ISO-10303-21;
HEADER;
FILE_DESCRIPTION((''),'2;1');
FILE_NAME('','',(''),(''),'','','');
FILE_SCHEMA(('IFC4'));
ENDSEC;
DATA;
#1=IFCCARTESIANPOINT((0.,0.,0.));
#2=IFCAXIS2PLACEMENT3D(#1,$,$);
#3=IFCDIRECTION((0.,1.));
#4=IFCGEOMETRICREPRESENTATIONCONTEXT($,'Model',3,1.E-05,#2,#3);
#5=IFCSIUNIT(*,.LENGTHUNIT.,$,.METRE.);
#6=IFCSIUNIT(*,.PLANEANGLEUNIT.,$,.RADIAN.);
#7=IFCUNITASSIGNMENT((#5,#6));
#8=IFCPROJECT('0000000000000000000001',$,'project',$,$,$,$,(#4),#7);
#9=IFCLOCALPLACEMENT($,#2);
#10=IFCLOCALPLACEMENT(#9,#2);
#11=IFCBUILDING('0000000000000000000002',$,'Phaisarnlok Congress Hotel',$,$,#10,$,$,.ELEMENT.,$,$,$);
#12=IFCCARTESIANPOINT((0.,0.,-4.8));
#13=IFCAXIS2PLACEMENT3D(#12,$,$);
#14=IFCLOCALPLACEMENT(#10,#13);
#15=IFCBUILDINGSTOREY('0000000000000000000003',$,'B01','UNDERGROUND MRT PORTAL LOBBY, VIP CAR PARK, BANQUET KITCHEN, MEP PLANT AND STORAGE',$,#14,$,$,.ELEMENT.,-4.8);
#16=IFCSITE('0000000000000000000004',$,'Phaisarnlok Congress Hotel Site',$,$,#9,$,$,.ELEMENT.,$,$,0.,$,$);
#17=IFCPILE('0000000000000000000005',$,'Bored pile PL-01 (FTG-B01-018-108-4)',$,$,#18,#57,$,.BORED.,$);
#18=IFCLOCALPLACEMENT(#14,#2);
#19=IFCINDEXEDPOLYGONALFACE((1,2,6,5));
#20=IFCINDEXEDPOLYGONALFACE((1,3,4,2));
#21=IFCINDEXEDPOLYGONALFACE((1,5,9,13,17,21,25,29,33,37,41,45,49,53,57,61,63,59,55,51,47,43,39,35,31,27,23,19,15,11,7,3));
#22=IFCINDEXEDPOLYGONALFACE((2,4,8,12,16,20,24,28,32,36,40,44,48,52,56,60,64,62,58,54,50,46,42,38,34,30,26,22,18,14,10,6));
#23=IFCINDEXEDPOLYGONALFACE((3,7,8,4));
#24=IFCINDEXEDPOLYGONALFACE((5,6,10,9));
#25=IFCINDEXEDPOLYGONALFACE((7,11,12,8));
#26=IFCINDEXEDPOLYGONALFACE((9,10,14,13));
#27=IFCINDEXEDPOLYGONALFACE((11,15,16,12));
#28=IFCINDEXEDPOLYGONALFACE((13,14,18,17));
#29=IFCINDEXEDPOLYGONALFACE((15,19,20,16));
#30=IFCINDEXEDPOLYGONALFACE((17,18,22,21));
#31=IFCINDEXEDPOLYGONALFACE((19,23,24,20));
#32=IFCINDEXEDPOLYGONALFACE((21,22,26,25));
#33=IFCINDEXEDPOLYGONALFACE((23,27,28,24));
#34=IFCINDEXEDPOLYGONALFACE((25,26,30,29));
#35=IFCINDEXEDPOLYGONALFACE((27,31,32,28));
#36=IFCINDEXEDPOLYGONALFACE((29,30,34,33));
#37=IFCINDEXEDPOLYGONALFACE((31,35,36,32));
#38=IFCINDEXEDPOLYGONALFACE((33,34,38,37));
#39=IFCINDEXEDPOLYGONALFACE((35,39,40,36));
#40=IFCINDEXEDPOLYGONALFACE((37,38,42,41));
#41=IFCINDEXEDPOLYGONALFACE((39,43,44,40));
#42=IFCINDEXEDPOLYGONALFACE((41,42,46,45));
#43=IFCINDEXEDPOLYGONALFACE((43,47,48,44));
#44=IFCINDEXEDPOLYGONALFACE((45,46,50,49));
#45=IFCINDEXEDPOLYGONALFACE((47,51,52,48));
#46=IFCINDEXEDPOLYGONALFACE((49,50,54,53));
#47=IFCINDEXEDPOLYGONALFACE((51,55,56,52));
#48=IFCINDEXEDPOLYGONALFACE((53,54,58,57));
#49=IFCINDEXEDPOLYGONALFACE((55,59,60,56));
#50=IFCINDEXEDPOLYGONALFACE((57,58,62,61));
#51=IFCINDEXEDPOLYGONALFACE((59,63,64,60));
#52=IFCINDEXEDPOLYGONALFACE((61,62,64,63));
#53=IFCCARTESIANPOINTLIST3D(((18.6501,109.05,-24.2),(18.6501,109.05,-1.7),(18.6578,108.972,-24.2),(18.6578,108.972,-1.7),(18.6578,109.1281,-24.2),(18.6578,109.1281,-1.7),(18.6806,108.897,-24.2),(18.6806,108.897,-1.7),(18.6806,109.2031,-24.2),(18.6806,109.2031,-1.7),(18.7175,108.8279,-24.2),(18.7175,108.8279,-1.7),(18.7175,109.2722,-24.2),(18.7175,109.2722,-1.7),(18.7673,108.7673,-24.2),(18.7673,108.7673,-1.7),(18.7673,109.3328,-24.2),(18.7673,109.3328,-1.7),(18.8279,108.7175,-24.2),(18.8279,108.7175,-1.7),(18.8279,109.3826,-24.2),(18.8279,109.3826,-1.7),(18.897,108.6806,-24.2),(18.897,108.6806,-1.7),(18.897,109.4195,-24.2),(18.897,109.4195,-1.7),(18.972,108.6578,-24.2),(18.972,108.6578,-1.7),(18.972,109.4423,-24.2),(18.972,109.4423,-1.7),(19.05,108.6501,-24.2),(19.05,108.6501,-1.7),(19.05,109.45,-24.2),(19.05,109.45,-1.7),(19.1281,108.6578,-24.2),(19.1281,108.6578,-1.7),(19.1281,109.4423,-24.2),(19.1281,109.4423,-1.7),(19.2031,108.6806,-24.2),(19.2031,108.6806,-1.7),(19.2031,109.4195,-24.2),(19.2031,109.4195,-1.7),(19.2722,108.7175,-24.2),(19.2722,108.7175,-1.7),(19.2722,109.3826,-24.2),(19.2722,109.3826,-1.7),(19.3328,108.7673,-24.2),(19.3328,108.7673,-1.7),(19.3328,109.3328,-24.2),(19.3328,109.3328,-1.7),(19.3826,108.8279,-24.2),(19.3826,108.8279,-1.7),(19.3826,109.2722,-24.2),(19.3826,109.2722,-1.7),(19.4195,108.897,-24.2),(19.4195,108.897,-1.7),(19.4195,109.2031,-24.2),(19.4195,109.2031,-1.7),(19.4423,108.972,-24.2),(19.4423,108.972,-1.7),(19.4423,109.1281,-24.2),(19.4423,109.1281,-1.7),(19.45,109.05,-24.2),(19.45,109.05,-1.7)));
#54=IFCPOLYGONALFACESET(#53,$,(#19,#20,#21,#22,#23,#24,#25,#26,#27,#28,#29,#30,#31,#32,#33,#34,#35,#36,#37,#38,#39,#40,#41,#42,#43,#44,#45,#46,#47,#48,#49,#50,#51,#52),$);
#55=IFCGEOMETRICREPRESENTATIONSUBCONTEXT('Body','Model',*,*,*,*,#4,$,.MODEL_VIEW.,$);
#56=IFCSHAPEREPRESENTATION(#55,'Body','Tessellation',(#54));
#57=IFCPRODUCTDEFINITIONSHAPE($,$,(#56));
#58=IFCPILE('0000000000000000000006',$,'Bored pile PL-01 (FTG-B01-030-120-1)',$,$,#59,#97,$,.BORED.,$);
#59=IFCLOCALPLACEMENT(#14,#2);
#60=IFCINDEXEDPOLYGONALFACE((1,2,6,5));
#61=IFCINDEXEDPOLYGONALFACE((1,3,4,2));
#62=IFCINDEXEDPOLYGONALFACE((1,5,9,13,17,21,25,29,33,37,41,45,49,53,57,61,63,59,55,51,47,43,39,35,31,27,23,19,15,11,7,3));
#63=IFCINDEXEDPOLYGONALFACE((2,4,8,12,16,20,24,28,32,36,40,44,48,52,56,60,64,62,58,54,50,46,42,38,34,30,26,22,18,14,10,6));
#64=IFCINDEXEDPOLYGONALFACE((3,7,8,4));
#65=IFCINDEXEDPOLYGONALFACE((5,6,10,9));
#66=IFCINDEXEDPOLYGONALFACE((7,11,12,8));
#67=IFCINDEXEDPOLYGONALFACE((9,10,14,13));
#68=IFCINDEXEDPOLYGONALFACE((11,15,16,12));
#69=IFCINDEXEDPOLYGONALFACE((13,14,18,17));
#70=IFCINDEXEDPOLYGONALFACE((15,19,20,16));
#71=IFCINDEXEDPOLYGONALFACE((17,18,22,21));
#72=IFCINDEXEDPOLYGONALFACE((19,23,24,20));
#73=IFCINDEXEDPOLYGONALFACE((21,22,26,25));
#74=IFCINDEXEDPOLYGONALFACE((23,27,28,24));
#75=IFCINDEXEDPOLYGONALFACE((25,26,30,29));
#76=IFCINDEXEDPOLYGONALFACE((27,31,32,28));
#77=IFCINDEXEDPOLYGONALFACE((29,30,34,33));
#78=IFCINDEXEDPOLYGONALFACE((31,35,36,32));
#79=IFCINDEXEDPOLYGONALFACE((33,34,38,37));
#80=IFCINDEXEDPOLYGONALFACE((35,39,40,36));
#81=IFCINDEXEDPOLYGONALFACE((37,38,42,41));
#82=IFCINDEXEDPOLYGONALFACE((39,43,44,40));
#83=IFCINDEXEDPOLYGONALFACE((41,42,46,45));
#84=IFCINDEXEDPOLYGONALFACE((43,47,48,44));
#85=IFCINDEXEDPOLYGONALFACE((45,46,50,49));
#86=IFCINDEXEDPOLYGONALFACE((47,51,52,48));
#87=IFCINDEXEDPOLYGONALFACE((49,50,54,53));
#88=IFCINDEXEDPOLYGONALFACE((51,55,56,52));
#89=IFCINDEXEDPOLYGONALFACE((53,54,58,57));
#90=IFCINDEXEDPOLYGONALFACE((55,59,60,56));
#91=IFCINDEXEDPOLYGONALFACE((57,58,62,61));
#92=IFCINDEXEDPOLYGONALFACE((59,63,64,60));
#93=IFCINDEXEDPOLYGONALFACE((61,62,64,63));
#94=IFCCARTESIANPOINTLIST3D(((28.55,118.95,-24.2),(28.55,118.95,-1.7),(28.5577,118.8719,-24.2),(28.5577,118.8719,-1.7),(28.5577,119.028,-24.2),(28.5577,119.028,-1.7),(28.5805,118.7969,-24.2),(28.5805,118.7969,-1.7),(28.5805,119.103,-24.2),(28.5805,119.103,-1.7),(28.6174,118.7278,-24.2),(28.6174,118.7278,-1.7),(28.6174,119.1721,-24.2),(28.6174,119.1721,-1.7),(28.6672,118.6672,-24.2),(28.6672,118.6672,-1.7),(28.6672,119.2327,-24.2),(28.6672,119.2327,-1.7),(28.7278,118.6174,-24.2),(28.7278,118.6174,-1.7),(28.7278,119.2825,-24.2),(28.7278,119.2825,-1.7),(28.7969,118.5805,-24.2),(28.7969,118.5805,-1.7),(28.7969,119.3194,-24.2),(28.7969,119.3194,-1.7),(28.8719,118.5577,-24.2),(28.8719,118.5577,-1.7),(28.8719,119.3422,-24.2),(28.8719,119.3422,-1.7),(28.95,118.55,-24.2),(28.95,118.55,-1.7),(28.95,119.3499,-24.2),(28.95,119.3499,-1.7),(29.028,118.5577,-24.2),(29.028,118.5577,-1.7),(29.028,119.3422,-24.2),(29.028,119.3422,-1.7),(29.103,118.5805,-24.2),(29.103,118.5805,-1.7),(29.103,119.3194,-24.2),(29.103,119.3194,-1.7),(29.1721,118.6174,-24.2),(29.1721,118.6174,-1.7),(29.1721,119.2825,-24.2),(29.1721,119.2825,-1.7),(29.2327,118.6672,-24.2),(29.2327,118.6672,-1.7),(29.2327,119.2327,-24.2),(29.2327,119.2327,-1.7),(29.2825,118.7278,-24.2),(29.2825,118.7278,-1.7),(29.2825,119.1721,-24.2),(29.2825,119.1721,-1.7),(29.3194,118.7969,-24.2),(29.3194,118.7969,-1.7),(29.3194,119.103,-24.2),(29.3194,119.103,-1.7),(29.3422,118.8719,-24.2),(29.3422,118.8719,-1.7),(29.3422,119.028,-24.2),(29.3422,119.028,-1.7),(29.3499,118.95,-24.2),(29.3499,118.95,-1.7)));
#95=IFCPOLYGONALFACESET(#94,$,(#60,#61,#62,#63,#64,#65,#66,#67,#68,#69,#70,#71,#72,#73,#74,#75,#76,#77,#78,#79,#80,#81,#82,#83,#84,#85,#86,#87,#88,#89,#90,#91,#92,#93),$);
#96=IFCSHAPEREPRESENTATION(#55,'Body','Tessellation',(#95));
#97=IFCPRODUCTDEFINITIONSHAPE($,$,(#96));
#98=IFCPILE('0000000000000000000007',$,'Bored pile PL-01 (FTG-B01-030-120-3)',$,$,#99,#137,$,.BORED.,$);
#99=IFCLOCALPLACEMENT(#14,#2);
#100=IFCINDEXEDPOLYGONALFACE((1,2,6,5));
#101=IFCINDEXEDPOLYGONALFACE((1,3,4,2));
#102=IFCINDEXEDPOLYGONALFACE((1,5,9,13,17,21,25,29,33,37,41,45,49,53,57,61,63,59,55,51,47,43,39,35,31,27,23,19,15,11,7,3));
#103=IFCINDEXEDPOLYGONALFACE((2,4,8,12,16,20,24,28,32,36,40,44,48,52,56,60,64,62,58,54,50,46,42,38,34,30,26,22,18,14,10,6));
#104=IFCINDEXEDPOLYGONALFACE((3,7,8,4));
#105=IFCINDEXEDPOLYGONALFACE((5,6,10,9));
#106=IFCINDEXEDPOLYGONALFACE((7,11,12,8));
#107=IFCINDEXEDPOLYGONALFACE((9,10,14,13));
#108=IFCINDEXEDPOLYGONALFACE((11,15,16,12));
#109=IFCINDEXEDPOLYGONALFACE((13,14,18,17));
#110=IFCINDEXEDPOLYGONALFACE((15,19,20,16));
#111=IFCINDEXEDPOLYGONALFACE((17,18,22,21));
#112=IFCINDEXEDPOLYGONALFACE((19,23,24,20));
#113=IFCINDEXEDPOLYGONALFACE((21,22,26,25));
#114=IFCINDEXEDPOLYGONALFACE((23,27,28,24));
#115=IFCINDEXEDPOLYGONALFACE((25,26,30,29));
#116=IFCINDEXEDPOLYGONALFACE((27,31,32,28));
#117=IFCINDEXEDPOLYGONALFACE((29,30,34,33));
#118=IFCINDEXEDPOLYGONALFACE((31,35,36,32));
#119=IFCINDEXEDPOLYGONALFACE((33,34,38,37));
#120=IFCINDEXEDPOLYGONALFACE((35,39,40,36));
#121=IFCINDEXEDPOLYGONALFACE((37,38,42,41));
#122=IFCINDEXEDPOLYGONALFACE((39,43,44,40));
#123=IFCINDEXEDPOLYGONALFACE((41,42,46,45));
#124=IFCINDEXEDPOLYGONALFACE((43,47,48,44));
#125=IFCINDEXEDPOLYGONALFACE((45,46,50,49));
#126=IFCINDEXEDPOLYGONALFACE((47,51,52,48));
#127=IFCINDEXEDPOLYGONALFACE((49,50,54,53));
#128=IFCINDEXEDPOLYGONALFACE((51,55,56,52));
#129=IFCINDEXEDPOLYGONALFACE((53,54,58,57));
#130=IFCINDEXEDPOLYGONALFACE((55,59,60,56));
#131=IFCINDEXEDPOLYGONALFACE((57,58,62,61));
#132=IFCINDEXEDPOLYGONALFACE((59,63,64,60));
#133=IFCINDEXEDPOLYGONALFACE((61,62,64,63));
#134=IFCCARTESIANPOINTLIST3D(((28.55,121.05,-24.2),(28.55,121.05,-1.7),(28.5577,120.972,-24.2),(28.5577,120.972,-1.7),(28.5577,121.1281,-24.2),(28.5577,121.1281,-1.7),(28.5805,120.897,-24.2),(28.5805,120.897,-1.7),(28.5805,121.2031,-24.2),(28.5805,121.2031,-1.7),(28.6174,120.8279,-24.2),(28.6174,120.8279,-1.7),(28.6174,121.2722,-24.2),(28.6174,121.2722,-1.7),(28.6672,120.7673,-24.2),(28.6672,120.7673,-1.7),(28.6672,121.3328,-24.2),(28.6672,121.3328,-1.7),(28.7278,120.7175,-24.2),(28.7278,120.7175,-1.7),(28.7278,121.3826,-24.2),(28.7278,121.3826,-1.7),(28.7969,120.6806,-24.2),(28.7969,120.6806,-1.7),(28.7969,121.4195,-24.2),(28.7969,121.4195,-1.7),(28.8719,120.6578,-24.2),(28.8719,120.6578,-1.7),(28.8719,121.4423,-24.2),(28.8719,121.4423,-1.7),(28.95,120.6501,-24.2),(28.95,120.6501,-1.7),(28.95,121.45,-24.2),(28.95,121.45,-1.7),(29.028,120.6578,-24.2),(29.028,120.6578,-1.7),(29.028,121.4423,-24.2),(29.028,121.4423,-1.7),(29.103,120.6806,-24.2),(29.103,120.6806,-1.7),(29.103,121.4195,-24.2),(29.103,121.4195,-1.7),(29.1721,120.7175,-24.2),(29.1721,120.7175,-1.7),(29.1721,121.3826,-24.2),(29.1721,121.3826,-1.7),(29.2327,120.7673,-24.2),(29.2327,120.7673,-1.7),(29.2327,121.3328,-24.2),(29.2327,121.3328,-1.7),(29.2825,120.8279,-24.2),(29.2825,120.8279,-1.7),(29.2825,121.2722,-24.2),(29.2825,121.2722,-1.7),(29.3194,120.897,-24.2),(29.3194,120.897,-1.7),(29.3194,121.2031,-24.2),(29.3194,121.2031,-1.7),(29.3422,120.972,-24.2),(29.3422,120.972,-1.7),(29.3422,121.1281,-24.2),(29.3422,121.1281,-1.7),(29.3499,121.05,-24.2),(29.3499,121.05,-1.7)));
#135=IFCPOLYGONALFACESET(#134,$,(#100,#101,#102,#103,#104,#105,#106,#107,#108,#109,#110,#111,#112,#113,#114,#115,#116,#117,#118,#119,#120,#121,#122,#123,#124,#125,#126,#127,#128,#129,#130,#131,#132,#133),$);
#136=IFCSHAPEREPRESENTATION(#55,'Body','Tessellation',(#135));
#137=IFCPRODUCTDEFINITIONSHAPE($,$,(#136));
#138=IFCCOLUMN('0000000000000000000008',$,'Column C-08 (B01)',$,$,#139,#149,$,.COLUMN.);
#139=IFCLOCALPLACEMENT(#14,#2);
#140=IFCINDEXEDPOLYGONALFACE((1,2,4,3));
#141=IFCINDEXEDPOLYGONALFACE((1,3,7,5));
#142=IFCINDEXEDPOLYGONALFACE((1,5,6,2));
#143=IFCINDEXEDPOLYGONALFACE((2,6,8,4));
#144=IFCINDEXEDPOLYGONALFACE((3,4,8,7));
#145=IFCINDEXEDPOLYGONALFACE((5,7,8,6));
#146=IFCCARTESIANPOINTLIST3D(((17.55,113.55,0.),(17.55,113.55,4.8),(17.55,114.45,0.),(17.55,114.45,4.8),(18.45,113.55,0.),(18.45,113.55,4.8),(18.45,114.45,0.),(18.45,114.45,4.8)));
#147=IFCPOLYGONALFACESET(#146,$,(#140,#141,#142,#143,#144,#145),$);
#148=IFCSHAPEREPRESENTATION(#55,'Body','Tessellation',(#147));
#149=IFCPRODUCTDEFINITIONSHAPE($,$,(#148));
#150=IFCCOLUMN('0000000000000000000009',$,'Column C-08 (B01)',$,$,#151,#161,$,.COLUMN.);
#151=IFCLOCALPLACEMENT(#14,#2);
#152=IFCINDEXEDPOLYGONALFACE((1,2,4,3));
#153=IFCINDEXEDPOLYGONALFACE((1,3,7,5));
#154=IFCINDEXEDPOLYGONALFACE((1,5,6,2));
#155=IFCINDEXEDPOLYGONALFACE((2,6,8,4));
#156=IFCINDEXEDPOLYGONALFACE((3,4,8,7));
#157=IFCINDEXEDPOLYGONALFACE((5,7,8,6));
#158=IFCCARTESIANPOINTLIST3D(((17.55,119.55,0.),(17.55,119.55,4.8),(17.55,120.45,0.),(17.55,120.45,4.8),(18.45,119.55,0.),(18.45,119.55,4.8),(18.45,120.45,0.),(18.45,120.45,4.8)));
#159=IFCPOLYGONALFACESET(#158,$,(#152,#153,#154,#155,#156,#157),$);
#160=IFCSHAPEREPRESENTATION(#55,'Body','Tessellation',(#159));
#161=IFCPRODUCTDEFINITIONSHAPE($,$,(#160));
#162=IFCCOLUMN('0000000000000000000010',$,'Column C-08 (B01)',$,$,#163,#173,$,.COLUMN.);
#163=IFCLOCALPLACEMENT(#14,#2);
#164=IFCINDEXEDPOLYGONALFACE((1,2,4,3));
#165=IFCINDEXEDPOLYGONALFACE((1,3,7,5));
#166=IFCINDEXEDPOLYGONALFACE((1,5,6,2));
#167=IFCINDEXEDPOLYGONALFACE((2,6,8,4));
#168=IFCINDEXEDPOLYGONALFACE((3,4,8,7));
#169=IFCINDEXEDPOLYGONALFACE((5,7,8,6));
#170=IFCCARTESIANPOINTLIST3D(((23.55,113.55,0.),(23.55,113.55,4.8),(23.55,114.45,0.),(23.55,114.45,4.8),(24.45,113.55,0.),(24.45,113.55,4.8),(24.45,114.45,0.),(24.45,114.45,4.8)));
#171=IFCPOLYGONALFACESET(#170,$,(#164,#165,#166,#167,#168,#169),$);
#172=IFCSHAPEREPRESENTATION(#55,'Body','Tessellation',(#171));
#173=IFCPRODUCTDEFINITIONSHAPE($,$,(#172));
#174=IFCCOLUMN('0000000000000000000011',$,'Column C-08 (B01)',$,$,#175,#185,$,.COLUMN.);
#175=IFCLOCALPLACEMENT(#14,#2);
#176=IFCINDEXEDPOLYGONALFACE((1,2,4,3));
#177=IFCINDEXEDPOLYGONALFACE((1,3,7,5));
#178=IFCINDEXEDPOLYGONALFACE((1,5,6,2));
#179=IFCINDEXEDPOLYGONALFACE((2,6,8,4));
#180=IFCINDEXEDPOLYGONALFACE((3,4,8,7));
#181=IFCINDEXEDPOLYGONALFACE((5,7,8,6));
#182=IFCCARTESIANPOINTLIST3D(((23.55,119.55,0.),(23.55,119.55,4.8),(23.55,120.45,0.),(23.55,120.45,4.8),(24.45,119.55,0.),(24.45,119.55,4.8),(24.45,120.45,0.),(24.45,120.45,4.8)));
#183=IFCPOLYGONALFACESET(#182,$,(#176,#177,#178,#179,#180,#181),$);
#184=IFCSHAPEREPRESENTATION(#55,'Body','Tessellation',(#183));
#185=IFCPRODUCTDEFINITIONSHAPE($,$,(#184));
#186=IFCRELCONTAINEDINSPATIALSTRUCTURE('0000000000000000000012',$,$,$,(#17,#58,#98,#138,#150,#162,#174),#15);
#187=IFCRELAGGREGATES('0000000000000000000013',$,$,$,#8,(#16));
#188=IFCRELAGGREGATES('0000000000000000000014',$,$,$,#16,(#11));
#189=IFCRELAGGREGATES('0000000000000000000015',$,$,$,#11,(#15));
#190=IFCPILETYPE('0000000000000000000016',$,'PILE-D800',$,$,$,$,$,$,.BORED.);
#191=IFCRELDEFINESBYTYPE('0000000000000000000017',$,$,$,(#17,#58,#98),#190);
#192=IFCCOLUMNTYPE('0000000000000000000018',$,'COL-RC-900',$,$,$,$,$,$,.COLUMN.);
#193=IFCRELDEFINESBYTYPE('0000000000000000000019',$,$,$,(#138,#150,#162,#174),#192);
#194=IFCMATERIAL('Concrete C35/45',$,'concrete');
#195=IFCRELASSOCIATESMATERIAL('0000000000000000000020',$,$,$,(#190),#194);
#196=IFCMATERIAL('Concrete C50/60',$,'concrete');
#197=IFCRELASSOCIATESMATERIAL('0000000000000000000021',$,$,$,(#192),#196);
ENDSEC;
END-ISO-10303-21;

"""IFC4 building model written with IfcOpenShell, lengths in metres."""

from ifc_helpers import new_model, si_unit, direction, frame, origin, origin_2d, place, context, subcontext, project, spatial, rectangle, circle, extrude, material, material_profile, profile_set, type_object, element, save


model = new_model("IFC4")

# Units and contexts
model_context = context("Model", 3, precision=1e-05, world=origin(), true_north=direction((0.0, 1.0)))
body_context = subcontext(model_context, "Body", "Model", "MODEL_VIEW")
ifc_project = project(units=[si_unit("LENGTHUNIT", "METRE"), si_unit("PLANEANGLEUNIT", "RADIAN")], contexts=[model_context])

# Site, building, storey
site_placement = place(None, origin())
site = spatial("IfcSite", under=ifc_project, at=site_placement, Name="Phaisarnlok Congress Hotel Site", CompositionType="ELEMENT", RefElevation=0.0)
building_placement = place(site_placement, origin())
building = spatial("IfcBuilding", under=site, at=building_placement, Name="Phaisarnlok Congress Hotel", CompositionType="ELEMENT")
storey_placement = place(building_placement, frame((0.0, 0.0, -4.8)))
storey = spatial("IfcBuildingStorey", under=building, at=storey_placement, Name="B01", Description="UNDERGROUND MRT PORTAL LOBBY, VIP CAR PARK, BANQUET KITCHEN, MEP PLANT AND STORAGE", CompositionType="ELEMENT", Elevation=-4.8)

# Piles
ifc_material_1 = material(Name="Concrete C35/45", Category="concrete")
ifc_material_profile_1 = material_profile(ifc_material_1, circle(Radius=0.3999, at=origin_2d()), Name="BORED PILE D800")
ifc_profile_set_1 = profile_set([ifc_material_profile_1], Name="Concrete C35/45")
pile_type_1 = type_object("IfcPileType", Name="PILE-D800", PredefinedType="BORED", material=ifc_profile_set_1)
for number, where, z_axis, x_axis, name in (
    (1, (19.05, 109.05, -1.7), (0.0, 0.0, -1.0), (1.0, 0.0, 0.0), "Bored pile PL-01 (FTG-B01-018-108-4)"),
    (2, (28.95, 118.95, -1.7), (0.0, 0.0, -1.0), (1.0, 0.0, 0.0), "Bored pile PL-01 (FTG-B01-030-120-1)"),
    (3, (28.95, 121.05, -1.7), (0.0, 0.0, -1.0), (1.0, 0.0, 0.0), "Bored pile PL-01 (FTG-B01-030-120-3)"),
):
    element("IfcPile", number, at=place(storey_placement, frame(where, z_axis=z_axis, x_axis=x_axis)), inside=storey, type_object=pile_type_1, Name=name, PredefinedType="BORED", context=body_context, shape_type="SweptSolid", body=[
        extrude(circle(Radius=0.3999, at=origin_2d()), origin(), (0.0, 0.0, 1.0), 22.5),
    ])

# Columns
ifc_material_2 = material(Name="Concrete C50/60", Category="concrete")
ifc_material_profile_2 = material_profile(ifc_material_2, rectangle(XDim=0.8999, YDim=0.8999, at=origin_2d()), Name="RC 900x900")
ifc_profile_set_2 = profile_set([ifc_material_profile_2], Name="Concrete C50/60")
column_type = type_object("IfcColumnType", Name="COL-RC-900", PredefinedType="COLUMN", material=ifc_profile_set_2)
for number, where, z_axis, x_axis, name in (
    (4, (18.0, 114.0, 0.0), (0.0, 0.0, 1.0), (1.0, 0.0, 0.0), "Column C-08 (B01)"),
    (5, (18.0, 120.0, 0.0), (0.0, 0.0, 1.0), (1.0, 0.0, 0.0), "Column C-08 (B01)"),
    (6, (24.0, 114.0, 0.0), (0.0, 0.0, 1.0), (1.0, 0.0, 0.0), "Column C-08 (B01)"),
    (7, (24.0, 120.0, 0.0), (0.0, 0.0, 1.0), (1.0, 0.0, 0.0), "Column C-08 (B01)"),
):
    element("IfcColumn", number, at=place(storey_placement, frame(where, z_axis=z_axis, x_axis=x_axis)), inside=storey, type_object=column_type, Name=name, PredefinedType="COLUMN", context=body_context, shape_type="SweptSolid", body=[
        extrude(rectangle(XDim=0.8999, YDim=0.8999, at=origin_2d()), origin(), (0.0, 0.0, 1.0), 4.8),
    ])

save(model, "model.ifc")
